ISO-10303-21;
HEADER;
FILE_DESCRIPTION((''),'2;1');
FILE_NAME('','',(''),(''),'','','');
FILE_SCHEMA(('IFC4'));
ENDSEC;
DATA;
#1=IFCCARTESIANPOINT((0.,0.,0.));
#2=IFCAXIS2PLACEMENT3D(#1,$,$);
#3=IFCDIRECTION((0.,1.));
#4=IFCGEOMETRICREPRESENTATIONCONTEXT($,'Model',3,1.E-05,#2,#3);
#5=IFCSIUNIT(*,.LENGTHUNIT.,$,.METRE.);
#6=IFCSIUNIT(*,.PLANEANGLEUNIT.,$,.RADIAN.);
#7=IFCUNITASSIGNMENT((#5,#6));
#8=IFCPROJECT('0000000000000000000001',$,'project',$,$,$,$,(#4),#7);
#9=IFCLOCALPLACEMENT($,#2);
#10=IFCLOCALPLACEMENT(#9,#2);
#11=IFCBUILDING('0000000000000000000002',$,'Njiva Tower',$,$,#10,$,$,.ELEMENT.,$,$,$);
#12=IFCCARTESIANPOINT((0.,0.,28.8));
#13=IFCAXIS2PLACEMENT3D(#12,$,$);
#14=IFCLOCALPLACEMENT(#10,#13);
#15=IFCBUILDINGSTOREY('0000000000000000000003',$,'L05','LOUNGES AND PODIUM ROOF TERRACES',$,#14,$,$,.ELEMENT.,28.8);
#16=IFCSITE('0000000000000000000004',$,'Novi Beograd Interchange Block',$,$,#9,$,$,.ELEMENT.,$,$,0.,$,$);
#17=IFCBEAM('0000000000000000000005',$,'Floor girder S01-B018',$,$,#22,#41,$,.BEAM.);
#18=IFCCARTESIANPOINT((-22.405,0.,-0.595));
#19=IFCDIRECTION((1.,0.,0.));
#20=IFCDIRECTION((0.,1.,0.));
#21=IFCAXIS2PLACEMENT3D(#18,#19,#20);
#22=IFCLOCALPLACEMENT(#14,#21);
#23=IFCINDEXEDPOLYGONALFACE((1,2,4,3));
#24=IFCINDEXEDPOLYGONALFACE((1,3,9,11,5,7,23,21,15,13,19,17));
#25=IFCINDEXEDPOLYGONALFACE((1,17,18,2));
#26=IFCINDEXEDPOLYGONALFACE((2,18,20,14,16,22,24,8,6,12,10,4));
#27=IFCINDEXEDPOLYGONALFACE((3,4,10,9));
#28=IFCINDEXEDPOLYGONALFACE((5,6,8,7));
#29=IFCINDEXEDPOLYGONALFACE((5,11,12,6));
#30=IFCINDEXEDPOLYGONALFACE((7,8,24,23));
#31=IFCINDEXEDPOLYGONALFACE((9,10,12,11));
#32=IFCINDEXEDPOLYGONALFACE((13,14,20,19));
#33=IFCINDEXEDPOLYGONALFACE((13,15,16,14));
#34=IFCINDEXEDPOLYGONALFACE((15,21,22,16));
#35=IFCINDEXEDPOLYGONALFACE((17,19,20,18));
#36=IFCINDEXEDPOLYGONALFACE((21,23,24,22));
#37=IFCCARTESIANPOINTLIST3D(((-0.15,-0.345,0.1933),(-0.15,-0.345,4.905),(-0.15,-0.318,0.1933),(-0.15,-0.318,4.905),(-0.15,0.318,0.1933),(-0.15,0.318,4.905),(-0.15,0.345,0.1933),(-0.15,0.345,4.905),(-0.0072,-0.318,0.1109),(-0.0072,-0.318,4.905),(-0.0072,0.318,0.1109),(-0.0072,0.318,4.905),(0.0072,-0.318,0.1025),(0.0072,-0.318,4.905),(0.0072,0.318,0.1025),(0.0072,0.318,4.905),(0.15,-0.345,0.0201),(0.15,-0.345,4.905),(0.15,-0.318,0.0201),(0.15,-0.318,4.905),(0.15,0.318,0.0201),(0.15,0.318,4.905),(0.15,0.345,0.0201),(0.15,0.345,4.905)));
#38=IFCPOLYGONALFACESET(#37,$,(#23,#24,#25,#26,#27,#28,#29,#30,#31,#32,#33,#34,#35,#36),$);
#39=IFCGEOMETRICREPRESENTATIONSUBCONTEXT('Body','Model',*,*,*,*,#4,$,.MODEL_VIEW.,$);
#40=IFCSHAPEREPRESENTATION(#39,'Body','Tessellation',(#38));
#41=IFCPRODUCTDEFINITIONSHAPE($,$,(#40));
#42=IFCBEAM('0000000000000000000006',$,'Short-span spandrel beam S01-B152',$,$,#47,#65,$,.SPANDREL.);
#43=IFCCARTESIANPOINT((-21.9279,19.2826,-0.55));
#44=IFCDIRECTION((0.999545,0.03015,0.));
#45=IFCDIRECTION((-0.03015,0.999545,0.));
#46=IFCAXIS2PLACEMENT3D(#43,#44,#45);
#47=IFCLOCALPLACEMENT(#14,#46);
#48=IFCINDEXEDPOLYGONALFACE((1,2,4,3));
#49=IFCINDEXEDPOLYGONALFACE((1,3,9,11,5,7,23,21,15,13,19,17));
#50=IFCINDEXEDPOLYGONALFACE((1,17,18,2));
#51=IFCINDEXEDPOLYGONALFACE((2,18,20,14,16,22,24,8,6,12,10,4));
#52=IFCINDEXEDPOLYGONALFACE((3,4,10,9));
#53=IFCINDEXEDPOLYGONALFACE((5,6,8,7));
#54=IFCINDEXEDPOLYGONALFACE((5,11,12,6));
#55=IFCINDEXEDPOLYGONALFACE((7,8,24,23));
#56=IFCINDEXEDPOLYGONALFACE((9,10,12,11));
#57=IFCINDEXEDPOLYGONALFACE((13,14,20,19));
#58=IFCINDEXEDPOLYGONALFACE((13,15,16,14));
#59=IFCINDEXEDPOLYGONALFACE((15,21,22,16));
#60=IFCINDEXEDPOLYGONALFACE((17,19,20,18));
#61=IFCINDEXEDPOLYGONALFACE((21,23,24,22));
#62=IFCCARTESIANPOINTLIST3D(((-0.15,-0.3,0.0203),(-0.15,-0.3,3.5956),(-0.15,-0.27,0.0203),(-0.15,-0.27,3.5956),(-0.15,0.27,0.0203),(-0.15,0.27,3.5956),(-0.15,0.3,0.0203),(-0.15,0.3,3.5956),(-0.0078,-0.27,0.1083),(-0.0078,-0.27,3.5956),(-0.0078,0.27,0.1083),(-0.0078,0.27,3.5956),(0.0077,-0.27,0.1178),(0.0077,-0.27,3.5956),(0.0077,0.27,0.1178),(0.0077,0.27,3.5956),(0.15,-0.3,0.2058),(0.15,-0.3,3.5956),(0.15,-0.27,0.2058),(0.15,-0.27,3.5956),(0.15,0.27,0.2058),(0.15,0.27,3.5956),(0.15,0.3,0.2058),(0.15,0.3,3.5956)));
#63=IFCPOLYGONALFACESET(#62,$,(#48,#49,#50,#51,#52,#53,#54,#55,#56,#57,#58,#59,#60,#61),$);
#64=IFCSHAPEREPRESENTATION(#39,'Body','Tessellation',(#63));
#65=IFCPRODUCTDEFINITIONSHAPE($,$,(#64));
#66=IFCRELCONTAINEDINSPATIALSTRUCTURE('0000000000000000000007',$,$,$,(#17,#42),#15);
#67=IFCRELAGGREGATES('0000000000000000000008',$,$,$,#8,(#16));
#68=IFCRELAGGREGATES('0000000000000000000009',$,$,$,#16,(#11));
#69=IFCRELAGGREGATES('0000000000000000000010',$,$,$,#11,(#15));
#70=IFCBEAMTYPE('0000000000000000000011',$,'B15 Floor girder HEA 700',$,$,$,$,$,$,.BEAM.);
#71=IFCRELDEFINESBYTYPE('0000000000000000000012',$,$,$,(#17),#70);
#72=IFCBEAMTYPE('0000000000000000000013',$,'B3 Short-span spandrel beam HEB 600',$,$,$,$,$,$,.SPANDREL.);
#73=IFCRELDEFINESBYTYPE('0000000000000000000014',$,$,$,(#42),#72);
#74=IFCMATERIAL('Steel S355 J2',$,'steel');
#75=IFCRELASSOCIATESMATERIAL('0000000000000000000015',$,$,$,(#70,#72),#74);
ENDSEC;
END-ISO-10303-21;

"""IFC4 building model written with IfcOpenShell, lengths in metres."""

from ifc_helpers import new_model, si_unit, direction, frame, origin, origin_2d, place, context, subcontext, project, spatial, i_section, extrude, clip, halfspace, material, material_profile, profile_set, type_object, element, save


model = new_model("IFC4")

# Units and contexts
model_context = context("Model", 3, precision=1e-05, world=origin(), true_north=direction((0.0, 1.0)))
body_context = subcontext(model_context, "Body", "Model", "MODEL_VIEW")
ifc_project = project(units=[si_unit("LENGTHUNIT", "METRE"), si_unit("PLANEANGLEUNIT", "RADIAN")], contexts=[model_context])

# Site, building, storey
site_placement = place(None, origin())
site = spatial("IfcSite", under=ifc_project, at=site_placement, Name="Novi Beograd Interchange Block", CompositionType="ELEMENT", RefElevation=0.0)
building_placement = place(site_placement, origin())
building = spatial("IfcBuilding", under=site, at=building_placement, Name="Njiva Tower", CompositionType="ELEMENT")
storey_placement = place(building_placement, frame((0.0, 0.0, 28.8)))
storey = spatial("IfcBuildingStorey", under=building, at=storey_placement, Name="L05", Description="LOUNGES AND PODIUM ROOF TERRACES", CompositionType="ELEMENT", Elevation=28.8)

# Shared definitions
ifc_material_1 = material(Name="Steel S355 J2", Category="steel")

# Beams
ifc_material_profile_1 = material_profile(ifc_material_1, i_section(OverallWidth=0.3, OverallDepth=0.69, WebThickness=0.0145, FlangeThickness=0.027, at=origin_2d()), Name="HEA 700")
ifc_profile_set_1 = profile_set([ifc_material_profile_1], Name="Steel S355 J2")
beam_type_1 = type_object("IfcBeamType", Name="B15 Floor girder HEA 700", PredefinedType="BEAM", material=ifc_profile_set_1)
beam_1_placement = place(storey_placement, frame((-22.405, 0.0, -0.595), z_axis=(1.0, 0.0, 0.0), x_axis=(0.0, 1.0, 0.0)))
element("IfcBeam", 1, at=beam_1_placement, inside=storey, type_object=beam_type_1, Name="Floor girder S01-B018", PredefinedType="BEAM", context=body_context, shape_type="Clipping", body=[
    clip(extrude(i_section(OverallWidth=0.3, OverallDepth=0.69, WebThickness=0.0145, FlangeThickness=0.027, at=origin_2d()), origin(), (0.0, 0.0, 1.0), 4.905), halfspace(frame((-0.025, 0.0, 0.1211), z_axis=(-0.499998, 0.0, -0.866027), x_axis=(0.0, -1.0, 0.0)), False)),
])
ifc_material_profile_2 = material_profile(ifc_material_1, i_section(OverallWidth=0.3, OverallDepth=0.6, WebThickness=0.0155, FlangeThickness=0.03, at=origin_2d()), Name="HEB 600")
ifc_profile_set_2 = profile_set([ifc_material_profile_2], Name="Steel S355 J2")
beam_type_2 = type_object("IfcBeamType", Name="B3 Short-span spandrel beam HEB 600", PredefinedType="SPANDREL", material=ifc_profile_set_2)
beam_2_placement = place(storey_placement, frame((-21.9279, 19.2826, -0.55), z_axis=(0.999545, 0.03015, 0.0), x_axis=(-0.03015, 0.999545, 0.0)))
element("IfcBeam", 2, at=beam_2_placement, inside=storey, type_object=beam_type_2, Name="Short-span spandrel beam S01-B152", PredefinedType="SPANDREL", context=body_context, shape_type="Clipping", body=[
    clip(extrude(i_section(OverallWidth=0.3, OverallDepth=0.6, WebThickness=0.0155, FlangeThickness=0.03, at=origin_2d()), origin(), (0.0, 0.0, 1.0), 3.5956), halfspace(frame((0.0266, 0.0, 0.1295), z_axis=(0.525881, 0.0, -0.850558), x_axis=(0.0, -1.0, 0.0)), False)),
])

save(model, "model.ifc")
